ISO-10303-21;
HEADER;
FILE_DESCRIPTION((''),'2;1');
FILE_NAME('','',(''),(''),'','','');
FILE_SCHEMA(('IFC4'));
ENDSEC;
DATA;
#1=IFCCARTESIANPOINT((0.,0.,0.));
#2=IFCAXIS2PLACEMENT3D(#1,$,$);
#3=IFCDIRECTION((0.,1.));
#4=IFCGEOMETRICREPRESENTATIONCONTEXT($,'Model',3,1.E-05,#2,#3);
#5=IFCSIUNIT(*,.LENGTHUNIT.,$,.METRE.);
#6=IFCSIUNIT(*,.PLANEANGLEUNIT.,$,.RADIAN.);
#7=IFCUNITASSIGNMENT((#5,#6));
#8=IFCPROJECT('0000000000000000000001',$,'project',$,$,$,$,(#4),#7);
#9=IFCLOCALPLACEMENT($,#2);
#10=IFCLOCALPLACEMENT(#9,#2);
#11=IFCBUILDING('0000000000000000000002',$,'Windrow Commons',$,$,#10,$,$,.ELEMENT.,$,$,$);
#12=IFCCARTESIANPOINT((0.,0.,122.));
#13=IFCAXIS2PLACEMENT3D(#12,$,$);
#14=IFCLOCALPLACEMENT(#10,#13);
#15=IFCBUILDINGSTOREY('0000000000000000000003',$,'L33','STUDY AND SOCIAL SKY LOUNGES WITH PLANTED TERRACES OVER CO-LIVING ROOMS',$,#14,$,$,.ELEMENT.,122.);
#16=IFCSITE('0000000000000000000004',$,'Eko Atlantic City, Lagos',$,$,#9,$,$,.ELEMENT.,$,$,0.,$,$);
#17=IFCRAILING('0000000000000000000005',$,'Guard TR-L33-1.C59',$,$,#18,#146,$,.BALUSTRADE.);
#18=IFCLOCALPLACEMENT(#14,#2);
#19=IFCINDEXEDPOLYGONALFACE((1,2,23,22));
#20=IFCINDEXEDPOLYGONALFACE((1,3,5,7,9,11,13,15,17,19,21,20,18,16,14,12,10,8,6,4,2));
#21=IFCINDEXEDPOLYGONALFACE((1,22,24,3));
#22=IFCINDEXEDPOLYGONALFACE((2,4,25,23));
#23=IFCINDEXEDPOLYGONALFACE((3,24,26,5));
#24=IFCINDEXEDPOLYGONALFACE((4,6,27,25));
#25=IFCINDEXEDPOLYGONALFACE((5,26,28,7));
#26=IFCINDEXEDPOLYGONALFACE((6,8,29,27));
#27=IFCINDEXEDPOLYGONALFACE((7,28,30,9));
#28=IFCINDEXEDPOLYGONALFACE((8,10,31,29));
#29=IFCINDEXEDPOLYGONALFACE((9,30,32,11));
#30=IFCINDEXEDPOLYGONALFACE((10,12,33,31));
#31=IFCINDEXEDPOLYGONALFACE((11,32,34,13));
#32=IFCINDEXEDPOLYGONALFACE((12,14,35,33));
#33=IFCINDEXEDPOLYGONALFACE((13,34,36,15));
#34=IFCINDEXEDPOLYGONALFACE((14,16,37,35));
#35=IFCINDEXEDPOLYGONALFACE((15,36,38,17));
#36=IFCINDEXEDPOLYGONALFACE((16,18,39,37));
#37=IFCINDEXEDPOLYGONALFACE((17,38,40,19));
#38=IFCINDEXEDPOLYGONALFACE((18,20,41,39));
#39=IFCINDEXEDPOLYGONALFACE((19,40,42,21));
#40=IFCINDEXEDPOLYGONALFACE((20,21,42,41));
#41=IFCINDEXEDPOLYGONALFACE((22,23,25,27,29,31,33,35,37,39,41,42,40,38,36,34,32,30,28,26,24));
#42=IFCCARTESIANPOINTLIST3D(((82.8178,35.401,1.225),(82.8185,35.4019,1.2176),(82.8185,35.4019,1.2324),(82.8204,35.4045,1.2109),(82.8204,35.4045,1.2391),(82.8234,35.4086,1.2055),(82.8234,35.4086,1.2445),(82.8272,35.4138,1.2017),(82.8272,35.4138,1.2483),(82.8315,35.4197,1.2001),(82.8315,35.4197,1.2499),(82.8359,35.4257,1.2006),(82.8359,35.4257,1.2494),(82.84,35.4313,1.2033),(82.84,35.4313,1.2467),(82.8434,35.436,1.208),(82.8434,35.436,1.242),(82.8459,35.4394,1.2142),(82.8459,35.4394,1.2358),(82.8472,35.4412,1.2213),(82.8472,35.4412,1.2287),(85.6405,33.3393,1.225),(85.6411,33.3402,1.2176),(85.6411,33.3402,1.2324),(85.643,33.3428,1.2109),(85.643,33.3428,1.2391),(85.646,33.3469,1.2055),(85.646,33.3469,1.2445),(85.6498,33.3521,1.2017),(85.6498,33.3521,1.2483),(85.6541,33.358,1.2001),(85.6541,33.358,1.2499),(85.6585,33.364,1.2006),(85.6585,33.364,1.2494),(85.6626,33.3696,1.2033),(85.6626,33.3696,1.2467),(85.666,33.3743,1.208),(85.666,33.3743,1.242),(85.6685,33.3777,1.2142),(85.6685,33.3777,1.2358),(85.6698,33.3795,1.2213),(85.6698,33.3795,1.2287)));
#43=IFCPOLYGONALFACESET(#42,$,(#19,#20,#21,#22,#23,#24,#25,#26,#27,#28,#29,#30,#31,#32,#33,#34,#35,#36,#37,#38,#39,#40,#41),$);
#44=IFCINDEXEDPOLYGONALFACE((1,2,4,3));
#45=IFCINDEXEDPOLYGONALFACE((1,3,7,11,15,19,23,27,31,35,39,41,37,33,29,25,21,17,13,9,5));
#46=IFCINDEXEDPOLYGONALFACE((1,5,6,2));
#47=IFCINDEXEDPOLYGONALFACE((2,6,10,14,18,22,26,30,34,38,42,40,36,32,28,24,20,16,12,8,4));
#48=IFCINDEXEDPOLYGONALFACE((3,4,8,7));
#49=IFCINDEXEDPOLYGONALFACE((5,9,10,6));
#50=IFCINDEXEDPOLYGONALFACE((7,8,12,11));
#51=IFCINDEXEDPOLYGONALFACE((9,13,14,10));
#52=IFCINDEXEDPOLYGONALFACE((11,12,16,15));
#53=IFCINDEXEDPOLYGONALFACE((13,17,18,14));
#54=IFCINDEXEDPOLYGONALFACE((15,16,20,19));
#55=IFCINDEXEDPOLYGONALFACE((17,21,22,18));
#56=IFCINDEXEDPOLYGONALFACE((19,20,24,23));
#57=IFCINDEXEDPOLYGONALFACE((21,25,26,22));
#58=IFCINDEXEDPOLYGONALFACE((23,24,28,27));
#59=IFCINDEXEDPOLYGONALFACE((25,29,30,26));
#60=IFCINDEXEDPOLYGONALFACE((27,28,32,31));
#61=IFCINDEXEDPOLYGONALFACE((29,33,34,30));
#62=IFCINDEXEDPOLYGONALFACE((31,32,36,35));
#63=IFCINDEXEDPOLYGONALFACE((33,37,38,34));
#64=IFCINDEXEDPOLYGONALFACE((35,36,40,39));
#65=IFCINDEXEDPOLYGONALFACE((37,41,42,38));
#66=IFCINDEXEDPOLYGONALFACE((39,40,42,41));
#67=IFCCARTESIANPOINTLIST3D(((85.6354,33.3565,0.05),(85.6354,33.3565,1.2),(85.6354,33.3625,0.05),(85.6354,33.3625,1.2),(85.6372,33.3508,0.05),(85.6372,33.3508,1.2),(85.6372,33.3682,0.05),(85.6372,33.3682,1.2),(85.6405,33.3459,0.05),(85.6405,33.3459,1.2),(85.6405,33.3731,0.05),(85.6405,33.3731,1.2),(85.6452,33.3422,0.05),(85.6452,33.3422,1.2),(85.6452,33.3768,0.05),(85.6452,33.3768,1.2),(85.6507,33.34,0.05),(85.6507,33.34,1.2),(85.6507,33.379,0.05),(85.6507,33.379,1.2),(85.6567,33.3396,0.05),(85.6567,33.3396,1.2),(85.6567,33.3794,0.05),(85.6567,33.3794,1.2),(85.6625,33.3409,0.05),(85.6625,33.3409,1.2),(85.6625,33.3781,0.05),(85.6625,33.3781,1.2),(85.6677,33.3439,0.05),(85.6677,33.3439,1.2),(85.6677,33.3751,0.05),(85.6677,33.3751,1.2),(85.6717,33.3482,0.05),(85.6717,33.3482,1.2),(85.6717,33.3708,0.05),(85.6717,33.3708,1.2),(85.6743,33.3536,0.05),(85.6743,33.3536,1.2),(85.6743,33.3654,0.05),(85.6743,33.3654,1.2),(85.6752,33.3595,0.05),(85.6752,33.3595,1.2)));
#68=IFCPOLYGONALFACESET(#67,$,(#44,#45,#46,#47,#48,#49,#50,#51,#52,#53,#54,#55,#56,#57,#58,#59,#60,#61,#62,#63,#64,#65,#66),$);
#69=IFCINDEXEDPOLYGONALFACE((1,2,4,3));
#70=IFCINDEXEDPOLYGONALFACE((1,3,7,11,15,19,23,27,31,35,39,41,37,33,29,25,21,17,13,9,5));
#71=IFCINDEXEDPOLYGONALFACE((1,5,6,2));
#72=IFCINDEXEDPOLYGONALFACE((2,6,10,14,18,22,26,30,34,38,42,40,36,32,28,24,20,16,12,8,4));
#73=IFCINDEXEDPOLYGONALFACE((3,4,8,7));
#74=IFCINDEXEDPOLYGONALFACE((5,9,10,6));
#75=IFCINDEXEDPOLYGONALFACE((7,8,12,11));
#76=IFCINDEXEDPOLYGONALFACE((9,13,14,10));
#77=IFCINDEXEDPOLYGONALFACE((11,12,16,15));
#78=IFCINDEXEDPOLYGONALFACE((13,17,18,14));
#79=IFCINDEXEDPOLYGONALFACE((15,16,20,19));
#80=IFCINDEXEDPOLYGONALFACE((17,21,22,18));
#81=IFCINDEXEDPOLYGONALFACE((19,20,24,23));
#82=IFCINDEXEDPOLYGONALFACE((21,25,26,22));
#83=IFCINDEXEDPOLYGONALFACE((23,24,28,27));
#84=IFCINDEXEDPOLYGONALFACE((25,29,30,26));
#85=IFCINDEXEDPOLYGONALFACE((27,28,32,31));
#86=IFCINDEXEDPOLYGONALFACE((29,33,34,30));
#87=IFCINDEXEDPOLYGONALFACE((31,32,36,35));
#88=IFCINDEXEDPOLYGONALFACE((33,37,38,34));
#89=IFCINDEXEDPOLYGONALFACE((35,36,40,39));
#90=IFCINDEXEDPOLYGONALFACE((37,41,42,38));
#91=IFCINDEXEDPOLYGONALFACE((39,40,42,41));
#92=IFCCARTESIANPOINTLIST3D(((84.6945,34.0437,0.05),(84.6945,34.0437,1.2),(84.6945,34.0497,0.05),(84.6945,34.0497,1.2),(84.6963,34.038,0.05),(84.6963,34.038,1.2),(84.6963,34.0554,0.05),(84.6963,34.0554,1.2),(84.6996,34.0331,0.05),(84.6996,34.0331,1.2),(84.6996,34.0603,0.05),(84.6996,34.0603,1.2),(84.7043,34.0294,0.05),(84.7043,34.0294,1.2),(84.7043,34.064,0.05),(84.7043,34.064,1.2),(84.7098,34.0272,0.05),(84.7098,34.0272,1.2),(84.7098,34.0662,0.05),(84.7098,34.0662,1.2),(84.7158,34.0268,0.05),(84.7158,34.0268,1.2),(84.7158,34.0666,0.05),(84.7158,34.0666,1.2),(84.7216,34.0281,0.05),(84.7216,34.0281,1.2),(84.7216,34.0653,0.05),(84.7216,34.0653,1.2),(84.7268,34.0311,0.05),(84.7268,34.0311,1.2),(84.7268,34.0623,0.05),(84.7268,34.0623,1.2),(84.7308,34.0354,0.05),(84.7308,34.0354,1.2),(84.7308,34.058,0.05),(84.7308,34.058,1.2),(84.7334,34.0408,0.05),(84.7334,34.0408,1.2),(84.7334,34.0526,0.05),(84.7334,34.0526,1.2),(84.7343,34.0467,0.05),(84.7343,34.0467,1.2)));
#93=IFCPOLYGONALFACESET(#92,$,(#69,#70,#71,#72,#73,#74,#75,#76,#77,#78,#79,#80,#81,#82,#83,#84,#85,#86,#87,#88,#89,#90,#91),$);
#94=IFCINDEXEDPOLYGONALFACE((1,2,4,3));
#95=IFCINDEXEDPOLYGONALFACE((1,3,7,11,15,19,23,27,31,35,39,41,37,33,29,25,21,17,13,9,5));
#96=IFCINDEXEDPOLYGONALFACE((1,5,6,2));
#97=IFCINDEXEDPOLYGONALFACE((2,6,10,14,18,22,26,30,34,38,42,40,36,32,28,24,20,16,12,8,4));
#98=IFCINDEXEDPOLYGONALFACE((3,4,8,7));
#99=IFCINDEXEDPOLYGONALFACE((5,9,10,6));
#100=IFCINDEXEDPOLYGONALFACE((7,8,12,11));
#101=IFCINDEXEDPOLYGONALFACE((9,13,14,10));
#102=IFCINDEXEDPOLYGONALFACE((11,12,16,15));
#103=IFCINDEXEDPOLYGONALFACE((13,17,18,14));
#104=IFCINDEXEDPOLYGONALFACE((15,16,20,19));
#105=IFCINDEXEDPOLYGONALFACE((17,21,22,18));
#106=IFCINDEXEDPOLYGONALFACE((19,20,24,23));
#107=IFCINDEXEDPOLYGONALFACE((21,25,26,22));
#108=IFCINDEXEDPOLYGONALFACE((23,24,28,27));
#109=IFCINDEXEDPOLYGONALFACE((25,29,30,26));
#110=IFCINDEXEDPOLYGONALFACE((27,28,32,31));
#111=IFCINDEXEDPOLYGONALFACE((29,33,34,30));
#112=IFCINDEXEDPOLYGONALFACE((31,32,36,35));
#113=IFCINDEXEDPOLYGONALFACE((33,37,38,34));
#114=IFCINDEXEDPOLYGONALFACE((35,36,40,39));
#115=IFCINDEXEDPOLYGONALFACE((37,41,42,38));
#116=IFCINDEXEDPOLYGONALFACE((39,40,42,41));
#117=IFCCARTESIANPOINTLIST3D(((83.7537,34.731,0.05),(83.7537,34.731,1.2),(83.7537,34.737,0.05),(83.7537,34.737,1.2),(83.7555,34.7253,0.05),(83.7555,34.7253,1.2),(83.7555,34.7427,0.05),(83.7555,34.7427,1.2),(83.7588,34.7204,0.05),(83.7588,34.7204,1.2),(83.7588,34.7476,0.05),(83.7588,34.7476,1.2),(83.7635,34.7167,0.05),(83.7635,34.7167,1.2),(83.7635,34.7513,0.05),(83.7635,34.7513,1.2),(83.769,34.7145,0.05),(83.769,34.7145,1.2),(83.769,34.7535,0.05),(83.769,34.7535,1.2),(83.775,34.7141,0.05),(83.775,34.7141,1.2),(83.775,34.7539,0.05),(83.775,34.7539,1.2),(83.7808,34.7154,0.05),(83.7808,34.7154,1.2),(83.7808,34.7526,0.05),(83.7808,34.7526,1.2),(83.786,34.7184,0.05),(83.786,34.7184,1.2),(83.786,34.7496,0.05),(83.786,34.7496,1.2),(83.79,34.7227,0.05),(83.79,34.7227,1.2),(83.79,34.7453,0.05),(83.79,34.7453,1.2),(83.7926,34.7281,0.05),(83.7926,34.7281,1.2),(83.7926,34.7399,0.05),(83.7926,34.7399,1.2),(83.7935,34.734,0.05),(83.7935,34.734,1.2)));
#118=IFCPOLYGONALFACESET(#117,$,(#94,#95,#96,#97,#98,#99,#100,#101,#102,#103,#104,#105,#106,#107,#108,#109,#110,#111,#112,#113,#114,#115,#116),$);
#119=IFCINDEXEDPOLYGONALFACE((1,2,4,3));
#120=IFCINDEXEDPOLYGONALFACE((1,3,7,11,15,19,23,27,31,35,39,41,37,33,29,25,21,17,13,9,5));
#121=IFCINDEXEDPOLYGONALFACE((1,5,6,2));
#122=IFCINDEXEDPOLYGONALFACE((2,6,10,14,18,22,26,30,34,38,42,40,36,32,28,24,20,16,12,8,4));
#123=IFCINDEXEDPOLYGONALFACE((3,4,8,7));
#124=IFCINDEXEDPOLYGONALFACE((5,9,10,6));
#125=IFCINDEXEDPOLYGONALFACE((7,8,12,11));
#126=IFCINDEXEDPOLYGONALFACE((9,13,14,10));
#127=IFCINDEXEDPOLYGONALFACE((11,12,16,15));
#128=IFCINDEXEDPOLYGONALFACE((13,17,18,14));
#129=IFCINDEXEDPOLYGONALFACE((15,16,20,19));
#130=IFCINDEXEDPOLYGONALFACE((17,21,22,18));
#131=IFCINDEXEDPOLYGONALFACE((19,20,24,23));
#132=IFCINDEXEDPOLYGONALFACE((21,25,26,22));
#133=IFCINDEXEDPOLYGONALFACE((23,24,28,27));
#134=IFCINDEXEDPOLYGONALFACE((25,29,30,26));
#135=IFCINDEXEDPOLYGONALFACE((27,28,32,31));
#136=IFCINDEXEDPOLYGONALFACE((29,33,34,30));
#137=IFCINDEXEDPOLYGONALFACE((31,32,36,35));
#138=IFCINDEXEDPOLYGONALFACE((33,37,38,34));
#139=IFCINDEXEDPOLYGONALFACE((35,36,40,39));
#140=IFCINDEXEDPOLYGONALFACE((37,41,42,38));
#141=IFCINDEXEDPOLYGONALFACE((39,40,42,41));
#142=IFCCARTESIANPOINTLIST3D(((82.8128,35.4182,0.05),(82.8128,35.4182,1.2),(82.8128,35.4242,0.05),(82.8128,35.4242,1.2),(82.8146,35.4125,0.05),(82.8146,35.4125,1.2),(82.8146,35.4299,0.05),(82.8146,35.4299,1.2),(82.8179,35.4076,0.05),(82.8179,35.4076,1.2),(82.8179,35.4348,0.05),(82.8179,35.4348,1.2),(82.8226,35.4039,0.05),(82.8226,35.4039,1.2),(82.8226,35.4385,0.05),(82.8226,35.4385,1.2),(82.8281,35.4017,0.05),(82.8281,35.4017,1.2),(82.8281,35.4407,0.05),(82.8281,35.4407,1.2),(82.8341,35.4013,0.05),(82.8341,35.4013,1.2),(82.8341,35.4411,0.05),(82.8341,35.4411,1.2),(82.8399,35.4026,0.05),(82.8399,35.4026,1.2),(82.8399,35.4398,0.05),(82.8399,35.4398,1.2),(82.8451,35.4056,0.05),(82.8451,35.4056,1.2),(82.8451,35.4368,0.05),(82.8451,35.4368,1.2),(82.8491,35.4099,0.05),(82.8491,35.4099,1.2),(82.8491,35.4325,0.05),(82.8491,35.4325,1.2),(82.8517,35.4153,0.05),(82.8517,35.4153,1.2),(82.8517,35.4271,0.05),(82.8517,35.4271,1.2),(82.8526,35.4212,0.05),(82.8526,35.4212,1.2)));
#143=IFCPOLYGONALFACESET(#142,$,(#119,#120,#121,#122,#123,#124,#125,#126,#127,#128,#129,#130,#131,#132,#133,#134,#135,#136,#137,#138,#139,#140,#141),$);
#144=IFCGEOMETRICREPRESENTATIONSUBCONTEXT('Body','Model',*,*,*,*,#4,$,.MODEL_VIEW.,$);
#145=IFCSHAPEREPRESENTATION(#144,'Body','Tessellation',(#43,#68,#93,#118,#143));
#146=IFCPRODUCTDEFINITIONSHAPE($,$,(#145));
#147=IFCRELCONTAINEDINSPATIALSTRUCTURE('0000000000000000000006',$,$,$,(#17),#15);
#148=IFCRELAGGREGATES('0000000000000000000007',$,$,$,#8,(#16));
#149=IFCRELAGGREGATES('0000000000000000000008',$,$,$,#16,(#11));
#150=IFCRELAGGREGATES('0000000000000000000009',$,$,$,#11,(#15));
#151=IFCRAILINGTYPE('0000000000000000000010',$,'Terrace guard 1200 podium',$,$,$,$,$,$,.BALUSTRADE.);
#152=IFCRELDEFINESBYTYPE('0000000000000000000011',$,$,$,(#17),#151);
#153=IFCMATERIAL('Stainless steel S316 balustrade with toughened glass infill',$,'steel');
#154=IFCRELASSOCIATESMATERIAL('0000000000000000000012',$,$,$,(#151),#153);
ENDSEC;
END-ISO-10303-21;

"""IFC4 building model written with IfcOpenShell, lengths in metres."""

from ifc_helpers import new_model, si_unit, direction, frame, origin, origin_2d, place, context, subcontext, project, spatial, circle, extrude, material, type_object, element, save


model = new_model("IFC4")

# Units and contexts
model_context = context("Model", 3, precision=1e-05, world=origin(), true_north=direction((0.0, 1.0)))
body_context = subcontext(model_context, "Body", "Model", "MODEL_VIEW")
ifc_project = project(units=[si_unit("LENGTHUNIT", "METRE"), si_unit("PLANEANGLEUNIT", "RADIAN")], contexts=[model_context])

# Site, building, storey
site_placement = place(None, origin())
site = spatial("IfcSite", under=ifc_project, at=site_placement, Name="Eko Atlantic City, Lagos", CompositionType="ELEMENT", RefElevation=0.0)
building_placement = place(site_placement, origin())
building = spatial("IfcBuilding", under=site, at=building_placement, Name="Windrow Commons", CompositionType="ELEMENT")
storey_placement = place(building_placement, frame((0.0, 0.0, 122.0)))
storey = spatial("IfcBuildingStorey", under=building, at=storey_placement, Name="L33", Description="STUDY AND SOCIAL SKY LOUNGES WITH PLANTED TERRACES OVER CO-LIVING ROOMS", CompositionType="ELEMENT", Elevation=122.0)

# Railing
ifc_material_1 = material(Name="Stainless steel S316 balustrade with toughened glass infill", Category="steel")
railing_type = type_object("IfcRailingType", Name="Terrace guard 1200 podium", PredefinedType="BALUSTRADE", material=ifc_material_1)
railing_1_placement = place(storey_placement, frame((85.6552, 33.3595, 0.05)))
element("IfcRailing", 1, at=railing_1_placement, inside=storey, type_object=railing_type, Name="Guard TR-L33-1.C59", PredefinedType="BALUSTRADE", context=body_context, shape_type="SweptSolid", body=[
    extrude(circle(Radius=0.025, at=origin_2d()), frame((0.0, 0.0, 1.175), z_axis=(-0.807523, 0.589836, 0.0), x_axis=(-0.589836, -0.807523, 0.0)), (0.0, 0.0, 1.0), 3.4954),
    extrude(circle(Radius=0.02, at=origin_2d()), origin(), (0.0, 0.0, 1.0), 1.15),
    extrude(circle(Radius=0.02, at=origin_2d()), frame((-0.9409, 0.6872, 0.0)), (0.0, 0.0, 1.0), 1.15),
    extrude(circle(Radius=0.02, at=origin_2d()), frame((-1.8817, 1.3745, 0.0)), (0.0, 0.0, 1.0), 1.15),
    extrude(circle(Radius=0.02, at=origin_2d()), frame((-2.8226, 2.0617, 0.0)), (0.0, 0.0, 1.0), 1.15),
])

save(model, "model.ifc")
